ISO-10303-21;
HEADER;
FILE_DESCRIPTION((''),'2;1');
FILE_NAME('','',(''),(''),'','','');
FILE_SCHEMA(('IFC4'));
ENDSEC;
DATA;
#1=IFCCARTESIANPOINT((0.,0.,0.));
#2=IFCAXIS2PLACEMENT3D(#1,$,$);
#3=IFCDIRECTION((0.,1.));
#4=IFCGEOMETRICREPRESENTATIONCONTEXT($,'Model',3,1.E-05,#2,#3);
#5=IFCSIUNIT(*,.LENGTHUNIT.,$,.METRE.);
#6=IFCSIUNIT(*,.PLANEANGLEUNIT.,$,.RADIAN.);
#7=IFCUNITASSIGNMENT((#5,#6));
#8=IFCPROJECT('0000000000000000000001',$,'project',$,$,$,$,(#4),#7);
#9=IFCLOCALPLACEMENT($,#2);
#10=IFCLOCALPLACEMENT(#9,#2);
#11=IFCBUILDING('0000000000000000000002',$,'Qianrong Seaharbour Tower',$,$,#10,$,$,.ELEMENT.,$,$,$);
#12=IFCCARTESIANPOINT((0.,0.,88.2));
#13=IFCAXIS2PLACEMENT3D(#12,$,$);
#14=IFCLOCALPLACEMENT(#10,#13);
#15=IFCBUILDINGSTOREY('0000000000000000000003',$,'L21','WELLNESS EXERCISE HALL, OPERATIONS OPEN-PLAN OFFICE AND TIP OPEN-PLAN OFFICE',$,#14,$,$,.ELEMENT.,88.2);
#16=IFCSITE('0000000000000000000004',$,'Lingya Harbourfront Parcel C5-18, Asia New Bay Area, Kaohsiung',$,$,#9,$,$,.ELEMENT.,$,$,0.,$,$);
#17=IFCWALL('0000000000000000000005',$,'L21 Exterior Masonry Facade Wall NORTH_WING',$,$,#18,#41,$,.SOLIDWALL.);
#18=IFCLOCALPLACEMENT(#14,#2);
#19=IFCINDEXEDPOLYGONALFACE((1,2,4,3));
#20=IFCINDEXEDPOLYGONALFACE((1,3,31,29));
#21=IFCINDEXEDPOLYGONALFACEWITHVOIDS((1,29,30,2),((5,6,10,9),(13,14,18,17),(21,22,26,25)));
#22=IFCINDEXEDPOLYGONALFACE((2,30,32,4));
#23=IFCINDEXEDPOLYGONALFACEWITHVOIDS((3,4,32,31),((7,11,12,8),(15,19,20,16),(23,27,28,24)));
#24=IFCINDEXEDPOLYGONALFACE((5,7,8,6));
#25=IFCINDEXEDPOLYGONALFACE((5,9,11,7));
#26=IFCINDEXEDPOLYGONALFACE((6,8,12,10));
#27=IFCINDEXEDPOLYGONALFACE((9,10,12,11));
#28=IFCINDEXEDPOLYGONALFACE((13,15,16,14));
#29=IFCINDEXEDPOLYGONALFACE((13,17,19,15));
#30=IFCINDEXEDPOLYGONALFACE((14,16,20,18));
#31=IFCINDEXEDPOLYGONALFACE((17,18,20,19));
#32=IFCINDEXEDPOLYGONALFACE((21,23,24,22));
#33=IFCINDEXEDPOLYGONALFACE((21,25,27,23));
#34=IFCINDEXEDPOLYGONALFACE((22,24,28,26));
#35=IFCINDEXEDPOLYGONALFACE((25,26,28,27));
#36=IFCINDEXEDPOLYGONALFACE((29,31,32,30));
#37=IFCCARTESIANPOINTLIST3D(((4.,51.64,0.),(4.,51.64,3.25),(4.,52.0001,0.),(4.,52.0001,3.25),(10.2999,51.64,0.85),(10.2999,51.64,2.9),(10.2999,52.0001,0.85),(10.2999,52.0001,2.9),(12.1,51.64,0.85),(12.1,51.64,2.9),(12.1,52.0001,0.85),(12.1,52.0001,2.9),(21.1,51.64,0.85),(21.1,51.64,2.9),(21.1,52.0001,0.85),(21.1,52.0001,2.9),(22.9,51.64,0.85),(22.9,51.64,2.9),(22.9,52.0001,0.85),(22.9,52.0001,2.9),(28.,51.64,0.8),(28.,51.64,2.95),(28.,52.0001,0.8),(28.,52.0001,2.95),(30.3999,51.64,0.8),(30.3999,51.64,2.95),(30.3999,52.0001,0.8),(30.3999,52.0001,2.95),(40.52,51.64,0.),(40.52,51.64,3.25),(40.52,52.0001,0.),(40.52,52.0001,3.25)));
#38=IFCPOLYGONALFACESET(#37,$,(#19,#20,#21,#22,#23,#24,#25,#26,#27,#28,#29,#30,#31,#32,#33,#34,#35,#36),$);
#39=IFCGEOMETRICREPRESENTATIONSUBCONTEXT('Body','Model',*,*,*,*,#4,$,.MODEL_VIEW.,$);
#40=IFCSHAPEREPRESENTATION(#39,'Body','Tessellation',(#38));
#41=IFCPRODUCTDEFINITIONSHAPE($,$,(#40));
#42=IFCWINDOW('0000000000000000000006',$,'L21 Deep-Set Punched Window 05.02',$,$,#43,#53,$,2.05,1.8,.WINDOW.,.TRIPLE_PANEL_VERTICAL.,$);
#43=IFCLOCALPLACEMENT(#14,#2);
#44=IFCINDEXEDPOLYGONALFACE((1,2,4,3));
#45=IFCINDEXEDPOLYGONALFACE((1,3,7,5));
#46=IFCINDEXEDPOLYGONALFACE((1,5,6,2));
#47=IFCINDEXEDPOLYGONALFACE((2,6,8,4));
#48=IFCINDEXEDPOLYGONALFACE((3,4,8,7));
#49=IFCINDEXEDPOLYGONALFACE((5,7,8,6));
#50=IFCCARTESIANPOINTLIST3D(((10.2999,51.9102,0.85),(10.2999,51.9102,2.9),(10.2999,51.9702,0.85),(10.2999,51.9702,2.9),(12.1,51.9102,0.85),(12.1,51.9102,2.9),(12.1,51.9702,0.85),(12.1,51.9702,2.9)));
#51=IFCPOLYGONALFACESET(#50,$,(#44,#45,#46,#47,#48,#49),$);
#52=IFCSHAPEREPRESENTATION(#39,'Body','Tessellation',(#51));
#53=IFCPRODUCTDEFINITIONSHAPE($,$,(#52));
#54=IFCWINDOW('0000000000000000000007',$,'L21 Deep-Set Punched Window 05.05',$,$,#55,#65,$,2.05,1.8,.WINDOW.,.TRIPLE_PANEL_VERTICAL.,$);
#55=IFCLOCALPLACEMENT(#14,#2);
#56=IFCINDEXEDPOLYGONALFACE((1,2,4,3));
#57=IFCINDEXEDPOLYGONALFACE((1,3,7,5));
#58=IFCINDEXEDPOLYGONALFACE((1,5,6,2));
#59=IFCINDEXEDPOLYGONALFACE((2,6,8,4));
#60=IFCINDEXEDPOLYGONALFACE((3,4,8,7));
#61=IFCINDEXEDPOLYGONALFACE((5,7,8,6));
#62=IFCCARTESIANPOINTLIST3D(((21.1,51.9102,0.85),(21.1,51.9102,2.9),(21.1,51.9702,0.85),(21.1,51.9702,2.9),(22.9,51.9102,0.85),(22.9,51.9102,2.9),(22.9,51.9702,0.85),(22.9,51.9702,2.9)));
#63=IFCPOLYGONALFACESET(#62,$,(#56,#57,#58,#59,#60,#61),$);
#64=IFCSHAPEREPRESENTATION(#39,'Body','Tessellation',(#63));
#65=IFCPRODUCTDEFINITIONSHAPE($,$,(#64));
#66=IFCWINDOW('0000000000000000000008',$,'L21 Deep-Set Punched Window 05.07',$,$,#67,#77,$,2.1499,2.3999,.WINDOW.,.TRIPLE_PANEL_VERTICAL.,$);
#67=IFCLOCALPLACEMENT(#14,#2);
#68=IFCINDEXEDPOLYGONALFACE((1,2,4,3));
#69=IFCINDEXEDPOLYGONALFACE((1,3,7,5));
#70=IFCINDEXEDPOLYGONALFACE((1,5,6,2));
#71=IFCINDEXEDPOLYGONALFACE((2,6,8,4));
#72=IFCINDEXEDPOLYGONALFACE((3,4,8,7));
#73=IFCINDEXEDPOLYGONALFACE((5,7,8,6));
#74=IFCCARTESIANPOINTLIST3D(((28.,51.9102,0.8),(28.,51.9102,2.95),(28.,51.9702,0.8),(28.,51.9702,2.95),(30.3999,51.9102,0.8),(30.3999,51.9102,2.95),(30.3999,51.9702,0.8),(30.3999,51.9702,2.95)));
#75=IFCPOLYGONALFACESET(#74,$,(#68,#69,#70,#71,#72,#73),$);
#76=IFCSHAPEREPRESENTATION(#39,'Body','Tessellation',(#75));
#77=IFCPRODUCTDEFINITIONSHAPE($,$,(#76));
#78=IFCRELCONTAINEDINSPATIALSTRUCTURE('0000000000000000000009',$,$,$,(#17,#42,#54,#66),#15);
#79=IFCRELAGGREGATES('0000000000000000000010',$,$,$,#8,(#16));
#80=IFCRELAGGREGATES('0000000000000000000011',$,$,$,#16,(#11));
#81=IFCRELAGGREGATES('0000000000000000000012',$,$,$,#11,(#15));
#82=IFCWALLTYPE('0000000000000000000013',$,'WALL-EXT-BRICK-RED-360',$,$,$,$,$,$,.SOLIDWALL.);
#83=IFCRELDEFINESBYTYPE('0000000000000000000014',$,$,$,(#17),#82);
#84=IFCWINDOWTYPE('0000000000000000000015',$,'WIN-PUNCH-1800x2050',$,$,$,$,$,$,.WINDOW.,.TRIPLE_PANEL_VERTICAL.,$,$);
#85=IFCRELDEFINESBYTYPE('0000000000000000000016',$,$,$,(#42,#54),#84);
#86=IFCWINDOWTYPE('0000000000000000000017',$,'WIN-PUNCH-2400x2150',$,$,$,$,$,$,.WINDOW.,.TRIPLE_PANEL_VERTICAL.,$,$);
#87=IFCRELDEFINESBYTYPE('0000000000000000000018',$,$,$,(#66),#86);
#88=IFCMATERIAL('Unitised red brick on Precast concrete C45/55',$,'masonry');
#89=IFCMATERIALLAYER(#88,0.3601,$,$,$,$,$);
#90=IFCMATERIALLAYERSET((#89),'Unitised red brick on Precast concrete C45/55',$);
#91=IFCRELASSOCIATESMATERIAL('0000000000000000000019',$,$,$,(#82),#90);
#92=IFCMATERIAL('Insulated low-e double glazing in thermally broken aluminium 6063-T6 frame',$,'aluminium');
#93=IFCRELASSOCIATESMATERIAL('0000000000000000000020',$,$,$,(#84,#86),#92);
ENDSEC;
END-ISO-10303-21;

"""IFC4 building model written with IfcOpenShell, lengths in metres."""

from ifc_helpers import new_model, si_unit, direction, frame, frame_2d, origin, place, context, subcontext, project, spatial, rectangle, extrude, material, layer, layer_set, type_object, element, fill, save


model = new_model("IFC4")

# Units and contexts
model_context = context("Model", 3, precision=1e-05, world=origin(), true_north=direction((0.0, 1.0)))
body_context = subcontext(model_context, "Body", "Model", "MODEL_VIEW")
ifc_project = project(units=[si_unit("LENGTHUNIT", "METRE"), si_unit("PLANEANGLEUNIT", "RADIAN")], contexts=[model_context])

# Site, building, storey
site_placement = place(None, origin())
site = spatial("IfcSite", under=ifc_project, at=site_placement, Name="Lingya Harbourfront Parcel C5-18, Asia New Bay Area, Kaohsiung", CompositionType="ELEMENT", RefElevation=0.0)
building_placement = place(site_placement, origin())
building = spatial("IfcBuilding", under=site, at=building_placement, Name="Qianrong Seaharbour Tower", CompositionType="ELEMENT")
storey_placement = place(building_placement, frame((0.0, 0.0, 88.2)))
storey = spatial("IfcBuildingStorey", under=building, at=storey_placement, Name="L21", Description="WELLNESS EXERCISE HALL, OPERATIONS OPEN-PLAN OFFICE AND TIP OPEN-PLAN OFFICE", CompositionType="ELEMENT", Elevation=88.2)

# Shared definitions
ifc_material_1 = material(Name="Unitised red brick on Precast concrete C45/55", Category="masonry")
ifc_layer_1 = layer(ifc_material_1, 0.3601)
ifc_layer_set_1 = layer_set([ifc_layer_1], Name="Unitised red brick on Precast concrete C45/55")
wall_type_1 = type_object("IfcWallType", Name="WALL-EXT-BRICK-RED-360", PredefinedType="SOLIDWALL", material=ifc_layer_set_1)

# Wall, openings, windows
wall_1_placement = place(storey_placement, frame((4.0, 51.8201, 0.0), z_axis=(0.0, 0.0, 1.0), x_axis=(1.0, 0.0, 0.0)))
wall_1 = element("IfcWall", 1, at=wall_1_placement, inside=storey, type_object=wall_type_1, Name="L21 Exterior Masonry Facade Wall NORTH_WING", PredefinedType="SOLIDWALL", context=body_context, shape_type="SweptSolid", body=[
    extrude(rectangle(XDim=36.52, YDim=0.3601, at=frame_2d((18.26, 0.0))), origin(), (0.0, 0.0, 1.0), 3.25),
])
opening_1_placement = place(wall_1_placement, frame((6.3, 0.0, 0.8501)))
opening_1 = element("IfcOpeningElement", 2, at=opening_1_placement, cuts=wall_1, PredefinedType="OPENING", context=body_context, shape_type="SweptSolid", body=[
    extrude(rectangle(XDim=1.8, YDim=2.05, at=frame_2d((0.8999, 1.0249))), frame((0.0, 0.1899, 0.0), z_axis=(0.0, -1.0, 0.0), x_axis=(1.0, 0.0, 0.0)), (0.0, 0.0, 1.0), 0.3801),
])
opening_2_placement = place(wall_1_placement, frame((17.1001, 0.0, 0.8501)))
opening_2 = element("IfcOpeningElement", 3, at=opening_2_placement, cuts=wall_1, PredefinedType="OPENING", context=body_context, shape_type="SweptSolid", body=[
    extrude(rectangle(XDim=1.8, YDim=2.05, at=frame_2d((0.8999, 1.0249))), frame((0.0, 0.1899, 0.0), z_axis=(0.0, -1.0, 0.0), x_axis=(1.0, 0.0, 0.0)), (0.0, 0.0, 1.0), 0.3801),
])
opening_3_placement = place(wall_1_placement, frame((24.0, 0.0, 0.8)))
opening_3 = element("IfcOpeningElement", 4, at=opening_3_placement, cuts=wall_1, PredefinedType="OPENING", context=body_context, shape_type="SweptSolid", body=[
    extrude(rectangle(XDim=2.3999, YDim=2.1499, at=frame_2d((1.2, 1.075))), frame((0.0, 0.1899, 0.0), z_axis=(0.0, -1.0, 0.0), x_axis=(1.0, 0.0, 0.0)), (0.0, 0.0, 1.0), 0.3801),
])
ifc_material_2 = material(Name="Insulated low-e double glazing in thermally broken aluminium 6063-T6 frame", Category="aluminium")
window_type_1 = type_object("IfcWindowType", Name="WIN-PUNCH-1800x2050", PartitioningType="TRIPLE_PANEL_VERTICAL", PredefinedType="WINDOW", material=ifc_material_2)
window_1_placement = place(opening_1_placement, origin())
window_1 = element("IfcWindow", 5, at=window_1_placement, inside=storey, type_object=window_type_1, Name="L21 Deep-Set Punched Window 05.02", OverallHeight=2.05, OverallWidth=1.8, PartitioningType="TRIPLE_PANEL_VERTICAL", PredefinedType="WINDOW", context=body_context, shape_type="SweptSolid", body=[
    extrude(rectangle(XDim=1.8, YDim=2.05, at=frame_2d((0.8999, 1.0249))), frame((0.0, 0.1501, 0.0), z_axis=(0.0, -1.0, 0.0), x_axis=(1.0, 0.0, 0.0)), (0.0, 0.0, 1.0), 0.0601),
])
fill(opening_1, window_1)
window_2_placement = place(opening_2_placement, origin())
window_2 = element("IfcWindow", 6, at=window_2_placement, inside=storey, type_object=window_type_1, Name="L21 Deep-Set Punched Window 05.05", OverallHeight=2.05, OverallWidth=1.8, PartitioningType="TRIPLE_PANEL_VERTICAL", PredefinedType="WINDOW", context=body_context, shape_type="SweptSolid", body=[
    extrude(rectangle(XDim=1.8, YDim=2.05, at=frame_2d((0.8999, 1.0249))), frame((0.0, 0.1501, 0.0), z_axis=(0.0, -1.0, 0.0), x_axis=(1.0, 0.0, 0.0)), (0.0, 0.0, 1.0), 0.0601),
])
fill(opening_2, window_2)
window_type_2 = type_object("IfcWindowType", Name="WIN-PUNCH-2400x2150", PartitioningType="TRIPLE_PANEL_VERTICAL", PredefinedType="WINDOW", material=ifc_material_2)
window_3_placement = place(opening_3_placement, origin())
window_3 = element("IfcWindow", 7, at=window_3_placement, inside=storey, type_object=window_type_2, Name="L21 Deep-Set Punched Window 05.07", OverallHeight=2.1499, OverallWidth=2.3999, PartitioningType="TRIPLE_PANEL_VERTICAL", PredefinedType="WINDOW", context=body_context, shape_type="SweptSolid", body=[
    extrude(rectangle(XDim=2.3999, YDim=2.1499, at=frame_2d((1.2, 1.075))), frame((0.0, 0.1501, 0.0), z_axis=(0.0, -1.0, 0.0), x_axis=(1.0, 0.0, 0.0)), (0.0, 0.0, 1.0), 0.0601),
])
fill(opening_3, window_3)

save(model, "model.ifc")
